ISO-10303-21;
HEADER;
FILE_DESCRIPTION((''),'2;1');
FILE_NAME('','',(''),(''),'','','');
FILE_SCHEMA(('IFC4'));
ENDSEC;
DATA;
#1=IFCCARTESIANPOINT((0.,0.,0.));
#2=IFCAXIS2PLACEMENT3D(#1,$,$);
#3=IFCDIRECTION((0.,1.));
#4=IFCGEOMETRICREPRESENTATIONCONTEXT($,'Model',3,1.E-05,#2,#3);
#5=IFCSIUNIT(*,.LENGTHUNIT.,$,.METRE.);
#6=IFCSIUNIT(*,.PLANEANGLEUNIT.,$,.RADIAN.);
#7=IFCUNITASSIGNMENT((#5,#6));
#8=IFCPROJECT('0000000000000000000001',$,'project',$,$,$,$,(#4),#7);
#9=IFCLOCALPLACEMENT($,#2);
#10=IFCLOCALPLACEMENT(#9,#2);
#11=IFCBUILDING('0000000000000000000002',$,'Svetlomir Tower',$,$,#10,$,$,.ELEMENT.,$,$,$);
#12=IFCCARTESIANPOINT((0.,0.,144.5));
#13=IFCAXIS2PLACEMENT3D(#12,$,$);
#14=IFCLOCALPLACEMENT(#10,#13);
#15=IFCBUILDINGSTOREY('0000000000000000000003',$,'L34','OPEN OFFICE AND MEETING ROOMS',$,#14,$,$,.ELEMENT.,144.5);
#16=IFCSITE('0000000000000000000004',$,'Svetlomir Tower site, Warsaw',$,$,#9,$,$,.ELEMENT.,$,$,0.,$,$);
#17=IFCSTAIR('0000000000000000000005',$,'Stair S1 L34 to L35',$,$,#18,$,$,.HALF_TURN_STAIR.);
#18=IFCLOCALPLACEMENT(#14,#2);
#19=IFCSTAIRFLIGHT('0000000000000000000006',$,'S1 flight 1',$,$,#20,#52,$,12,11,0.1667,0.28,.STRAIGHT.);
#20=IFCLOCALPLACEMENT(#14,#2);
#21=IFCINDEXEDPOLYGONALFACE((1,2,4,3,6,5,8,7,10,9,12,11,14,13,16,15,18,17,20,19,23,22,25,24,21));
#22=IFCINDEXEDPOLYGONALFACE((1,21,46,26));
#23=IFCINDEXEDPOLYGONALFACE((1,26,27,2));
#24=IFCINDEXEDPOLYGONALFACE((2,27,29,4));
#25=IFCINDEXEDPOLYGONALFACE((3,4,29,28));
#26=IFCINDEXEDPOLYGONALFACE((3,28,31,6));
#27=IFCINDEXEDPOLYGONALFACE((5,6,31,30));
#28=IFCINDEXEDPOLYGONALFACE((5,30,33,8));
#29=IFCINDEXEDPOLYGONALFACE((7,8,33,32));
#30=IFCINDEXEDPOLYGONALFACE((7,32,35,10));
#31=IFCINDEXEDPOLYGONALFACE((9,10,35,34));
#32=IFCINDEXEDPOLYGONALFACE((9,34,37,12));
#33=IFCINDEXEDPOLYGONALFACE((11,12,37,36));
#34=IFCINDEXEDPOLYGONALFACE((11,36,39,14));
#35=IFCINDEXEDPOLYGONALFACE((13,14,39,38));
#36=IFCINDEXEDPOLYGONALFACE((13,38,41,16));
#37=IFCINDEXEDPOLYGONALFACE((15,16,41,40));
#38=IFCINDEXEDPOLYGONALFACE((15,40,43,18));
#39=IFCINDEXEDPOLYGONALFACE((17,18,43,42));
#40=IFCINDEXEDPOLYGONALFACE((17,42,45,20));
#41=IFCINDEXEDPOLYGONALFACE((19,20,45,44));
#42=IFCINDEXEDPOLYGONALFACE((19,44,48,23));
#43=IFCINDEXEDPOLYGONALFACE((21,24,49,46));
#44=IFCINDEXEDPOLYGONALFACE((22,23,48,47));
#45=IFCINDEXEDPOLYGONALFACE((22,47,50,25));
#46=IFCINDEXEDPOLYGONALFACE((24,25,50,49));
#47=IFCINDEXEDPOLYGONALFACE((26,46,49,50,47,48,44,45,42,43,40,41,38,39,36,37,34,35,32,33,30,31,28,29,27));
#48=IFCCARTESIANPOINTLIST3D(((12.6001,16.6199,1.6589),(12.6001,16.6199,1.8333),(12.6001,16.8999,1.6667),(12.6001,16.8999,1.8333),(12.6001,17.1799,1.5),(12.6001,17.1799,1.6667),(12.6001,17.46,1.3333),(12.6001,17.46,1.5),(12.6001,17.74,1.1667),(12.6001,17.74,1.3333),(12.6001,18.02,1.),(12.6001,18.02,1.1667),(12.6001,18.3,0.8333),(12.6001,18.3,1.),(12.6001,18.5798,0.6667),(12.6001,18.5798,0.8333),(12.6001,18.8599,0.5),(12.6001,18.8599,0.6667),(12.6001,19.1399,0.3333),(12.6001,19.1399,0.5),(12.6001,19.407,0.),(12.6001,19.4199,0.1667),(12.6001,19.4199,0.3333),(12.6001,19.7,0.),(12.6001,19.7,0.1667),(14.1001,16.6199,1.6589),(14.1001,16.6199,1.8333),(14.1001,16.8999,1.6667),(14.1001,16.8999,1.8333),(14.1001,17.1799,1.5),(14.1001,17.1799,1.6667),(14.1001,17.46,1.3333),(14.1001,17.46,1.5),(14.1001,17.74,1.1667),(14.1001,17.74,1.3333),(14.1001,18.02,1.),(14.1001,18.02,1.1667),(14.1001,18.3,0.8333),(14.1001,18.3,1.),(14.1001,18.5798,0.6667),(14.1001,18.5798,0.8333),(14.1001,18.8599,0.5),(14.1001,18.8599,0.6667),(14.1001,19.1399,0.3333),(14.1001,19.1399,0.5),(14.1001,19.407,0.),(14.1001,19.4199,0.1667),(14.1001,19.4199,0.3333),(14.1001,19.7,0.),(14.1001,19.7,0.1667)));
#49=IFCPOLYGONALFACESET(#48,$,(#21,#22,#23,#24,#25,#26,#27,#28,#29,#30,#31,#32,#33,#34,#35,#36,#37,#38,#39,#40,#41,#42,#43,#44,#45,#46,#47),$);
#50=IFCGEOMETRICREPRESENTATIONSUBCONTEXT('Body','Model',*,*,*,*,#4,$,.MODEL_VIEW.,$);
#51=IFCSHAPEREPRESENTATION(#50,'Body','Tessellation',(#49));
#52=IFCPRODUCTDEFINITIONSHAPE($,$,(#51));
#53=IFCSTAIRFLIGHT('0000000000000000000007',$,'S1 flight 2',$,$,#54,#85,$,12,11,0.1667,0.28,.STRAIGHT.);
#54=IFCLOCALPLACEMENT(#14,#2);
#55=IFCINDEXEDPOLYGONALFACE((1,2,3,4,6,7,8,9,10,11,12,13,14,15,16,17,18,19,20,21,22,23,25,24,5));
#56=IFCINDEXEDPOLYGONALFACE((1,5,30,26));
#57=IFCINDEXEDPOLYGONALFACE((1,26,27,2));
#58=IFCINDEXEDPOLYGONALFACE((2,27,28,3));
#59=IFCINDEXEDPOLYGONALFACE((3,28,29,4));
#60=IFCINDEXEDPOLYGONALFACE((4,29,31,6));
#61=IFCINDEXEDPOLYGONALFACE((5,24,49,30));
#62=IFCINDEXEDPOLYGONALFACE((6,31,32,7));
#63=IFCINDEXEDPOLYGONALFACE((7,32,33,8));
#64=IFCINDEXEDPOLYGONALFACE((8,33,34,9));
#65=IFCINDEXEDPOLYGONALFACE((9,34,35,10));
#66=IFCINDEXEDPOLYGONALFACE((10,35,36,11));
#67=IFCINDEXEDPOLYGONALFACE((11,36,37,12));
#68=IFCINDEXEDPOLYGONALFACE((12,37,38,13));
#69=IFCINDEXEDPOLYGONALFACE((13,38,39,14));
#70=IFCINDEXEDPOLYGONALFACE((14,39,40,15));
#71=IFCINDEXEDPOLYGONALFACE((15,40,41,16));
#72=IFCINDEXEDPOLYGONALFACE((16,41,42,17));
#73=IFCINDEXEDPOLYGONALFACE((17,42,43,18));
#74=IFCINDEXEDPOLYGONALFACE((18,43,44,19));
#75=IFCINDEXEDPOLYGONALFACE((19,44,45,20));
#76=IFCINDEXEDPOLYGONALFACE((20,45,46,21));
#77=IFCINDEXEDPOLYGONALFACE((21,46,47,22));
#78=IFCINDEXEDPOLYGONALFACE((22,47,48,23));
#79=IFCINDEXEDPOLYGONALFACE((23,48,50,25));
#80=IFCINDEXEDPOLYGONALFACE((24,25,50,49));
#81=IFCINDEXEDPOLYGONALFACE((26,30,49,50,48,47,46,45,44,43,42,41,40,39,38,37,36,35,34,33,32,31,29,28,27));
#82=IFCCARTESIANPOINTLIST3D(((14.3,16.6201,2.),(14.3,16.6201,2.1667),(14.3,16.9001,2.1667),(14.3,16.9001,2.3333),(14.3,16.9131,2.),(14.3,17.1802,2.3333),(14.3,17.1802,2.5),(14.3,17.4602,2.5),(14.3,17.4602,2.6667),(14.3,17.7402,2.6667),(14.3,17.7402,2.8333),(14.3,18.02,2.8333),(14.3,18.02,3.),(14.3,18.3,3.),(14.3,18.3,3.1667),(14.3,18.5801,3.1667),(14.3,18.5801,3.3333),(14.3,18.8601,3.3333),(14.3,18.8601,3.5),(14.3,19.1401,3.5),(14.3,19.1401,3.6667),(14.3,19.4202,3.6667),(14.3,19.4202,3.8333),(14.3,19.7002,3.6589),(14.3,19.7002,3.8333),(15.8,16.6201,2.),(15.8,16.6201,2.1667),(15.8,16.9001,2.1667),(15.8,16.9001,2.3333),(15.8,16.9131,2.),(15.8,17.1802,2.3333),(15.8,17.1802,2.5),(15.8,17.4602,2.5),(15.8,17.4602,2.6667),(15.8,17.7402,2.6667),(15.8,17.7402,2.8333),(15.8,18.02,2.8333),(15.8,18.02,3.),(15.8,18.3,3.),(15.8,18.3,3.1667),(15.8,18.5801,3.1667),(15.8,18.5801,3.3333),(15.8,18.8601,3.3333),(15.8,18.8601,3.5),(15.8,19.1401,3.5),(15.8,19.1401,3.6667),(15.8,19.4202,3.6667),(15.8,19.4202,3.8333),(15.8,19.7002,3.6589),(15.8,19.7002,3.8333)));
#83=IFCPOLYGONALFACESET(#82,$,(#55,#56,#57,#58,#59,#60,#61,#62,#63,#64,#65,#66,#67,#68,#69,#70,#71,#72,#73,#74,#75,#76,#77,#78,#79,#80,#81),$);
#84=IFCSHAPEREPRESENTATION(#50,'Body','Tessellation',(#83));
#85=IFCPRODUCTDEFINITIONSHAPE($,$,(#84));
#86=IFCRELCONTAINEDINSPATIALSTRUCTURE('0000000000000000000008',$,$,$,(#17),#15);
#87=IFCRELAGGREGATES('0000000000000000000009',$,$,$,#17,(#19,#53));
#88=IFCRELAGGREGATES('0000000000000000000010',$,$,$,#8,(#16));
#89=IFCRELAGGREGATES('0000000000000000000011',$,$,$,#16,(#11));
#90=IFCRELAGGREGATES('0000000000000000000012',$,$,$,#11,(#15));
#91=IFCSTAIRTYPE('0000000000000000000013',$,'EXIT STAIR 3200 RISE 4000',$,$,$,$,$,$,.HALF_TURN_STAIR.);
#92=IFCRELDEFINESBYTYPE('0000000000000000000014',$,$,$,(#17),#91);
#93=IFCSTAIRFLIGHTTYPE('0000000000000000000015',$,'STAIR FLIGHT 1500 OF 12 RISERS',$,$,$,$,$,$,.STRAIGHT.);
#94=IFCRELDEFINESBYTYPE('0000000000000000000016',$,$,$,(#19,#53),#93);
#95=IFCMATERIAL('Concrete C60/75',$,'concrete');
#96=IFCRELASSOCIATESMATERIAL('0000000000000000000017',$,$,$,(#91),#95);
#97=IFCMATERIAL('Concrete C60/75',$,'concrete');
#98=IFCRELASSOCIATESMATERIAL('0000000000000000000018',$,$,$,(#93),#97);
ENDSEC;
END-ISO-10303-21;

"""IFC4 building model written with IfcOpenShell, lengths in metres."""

from ifc_helpers import new_model, si_unit, direction, frame, origin, place, context, subcontext, project, spatial, polyline, outline, extrude, material, type_object, element, aggregate, save


model = new_model("IFC4")

# Units and contexts
model_context = context("Model", 3, precision=1e-05, world=origin(), true_north=direction((0.0, 1.0)))
body_context = subcontext(model_context, "Body", "Model", "MODEL_VIEW")
ifc_project = project(units=[si_unit("LENGTHUNIT", "METRE"), si_unit("PLANEANGLEUNIT", "RADIAN")], contexts=[model_context])

# Site, building, storey
site_placement = place(None, origin())
site = spatial("IfcSite", under=ifc_project, at=site_placement, Name="Svetlomir Tower site, Warsaw", CompositionType="ELEMENT", RefElevation=0.0)
building_placement = place(site_placement, origin())
building = spatial("IfcBuilding", under=site, at=building_placement, Name="Svetlomir Tower", CompositionType="ELEMENT")
storey_placement = place(building_placement, frame((0.0, 0.0, 144.5)))
storey = spatial("IfcBuildingStorey", under=building, at=storey_placement, Name="L34", Description="OPEN OFFICE AND MEETING ROOMS", CompositionType="ELEMENT", Elevation=144.5)

# Stair, stair flights
ifc_material_1 = material(Name="Concrete C60/75", Category="concrete")
stair_type = type_object("IfcStairType", Name="EXIT STAIR 3200 RISE 4000", PredefinedType="HALF_TURN_STAIR", material=ifc_material_1)
stair_placement = place(storey_placement, origin())
stair = element("IfcStair", 1, at=stair_placement, inside=storey, type_object=stair_type, Name="Stair S1 L34 to L35", PredefinedType="HALF_TURN_STAIR")
ifc_material_2 = material(Name="Concrete C60/75", Category="concrete")
stair_flight_type = type_object("IfcStairFlightType", Name="STAIR FLIGHT 1500 OF 12 RISERS", PredefinedType="STRAIGHT", material=ifc_material_2)
stair_flight_1_placement = place(storey_placement, frame((13.3501, 19.7, 0.0), z_axis=(0.0, 0.0, 1.0), x_axis=(0.0, -1.0, 0.0)))
stair_flight_1 = element("IfcStairFlight", 2, at=stair_flight_1_placement, type_object=stair_flight_type, Name="S1 flight 1", NumberOfRisers=12, NumberOfTreads=11, PredefinedType="STRAIGHT", RiserHeight=0.1667, TreadLength=0.28, context=body_context, shape_type="SweptSolid", body=[
    extrude(outline(polyline([(0.0, 0.0), (0.0, 0.1667), (0.28, 0.1667), (0.28, 0.3333), (0.5601, 0.3333), (0.5601, 0.5), (0.8401, 0.5), (0.8401, 0.6667), (1.1201, 0.6667), (1.1201, 0.8333), (1.3999, 0.8333), (1.3999, 1.0), (1.6799, 1.0), (1.6799, 1.1667), (1.96, 1.1667), (1.96, 1.3333), (2.24, 1.3333), (2.24, 1.5), (2.52, 1.5), (2.52, 1.6667), (2.8, 1.6667), (2.8, 1.8333), (3.0801, 1.8333), (3.0801, 2.0), (3.0801, 1.6589), (0.293, 0.0), (0.0, 0.0)])), frame((0.0, 0.75, 0.0), z_axis=(0.0, -1.0, 0.0), x_axis=(1.0, 0.0, 0.0)), (0.0, 0.0, 1.0), 1.5),
])
stair_flight_2_placement = place(storey_placement, frame((15.05, 16.6201, 2.0), z_axis=(0.0, 0.0, 1.0), x_axis=(0.0, 1.0, 0.0)))
stair_flight_2 = element("IfcStairFlight", 3, at=stair_flight_2_placement, type_object=stair_flight_type, Name="S1 flight 2", NumberOfRisers=12, NumberOfTreads=11, PredefinedType="STRAIGHT", RiserHeight=0.1667, TreadLength=0.28, context=body_context, shape_type="SweptSolid", body=[
    extrude(outline(polyline([(0.0, 0.0), (0.0, 0.1667), (0.28, 0.1667), (0.28, 0.3333), (0.5601, 0.3333), (0.5601, 0.5), (0.8401, 0.5), (0.8401, 0.6667), (1.1201, 0.6667), (1.1201, 0.8333), (1.3999, 0.8333), (1.3999, 1.0), (1.6799, 1.0), (1.6799, 1.1667), (1.96, 1.1667), (1.96, 1.3333), (2.24, 1.3333), (2.24, 1.5), (2.52, 1.5), (2.52, 1.6667), (2.8, 1.6667), (2.8, 1.8333), (3.0801, 1.8333), (3.0801, 2.0), (3.0801, 1.6589), (0.293, 0.0), (0.0, 0.0)])), frame((0.0, 0.75, 0.0), z_axis=(0.0, -1.0, 0.0), x_axis=(1.0, 0.0, 0.0)), (0.0, 0.0, 1.0), 1.5),
])
aggregate(stair, [stair_flight_1, stair_flight_2])

save(model, "model.ifc")
